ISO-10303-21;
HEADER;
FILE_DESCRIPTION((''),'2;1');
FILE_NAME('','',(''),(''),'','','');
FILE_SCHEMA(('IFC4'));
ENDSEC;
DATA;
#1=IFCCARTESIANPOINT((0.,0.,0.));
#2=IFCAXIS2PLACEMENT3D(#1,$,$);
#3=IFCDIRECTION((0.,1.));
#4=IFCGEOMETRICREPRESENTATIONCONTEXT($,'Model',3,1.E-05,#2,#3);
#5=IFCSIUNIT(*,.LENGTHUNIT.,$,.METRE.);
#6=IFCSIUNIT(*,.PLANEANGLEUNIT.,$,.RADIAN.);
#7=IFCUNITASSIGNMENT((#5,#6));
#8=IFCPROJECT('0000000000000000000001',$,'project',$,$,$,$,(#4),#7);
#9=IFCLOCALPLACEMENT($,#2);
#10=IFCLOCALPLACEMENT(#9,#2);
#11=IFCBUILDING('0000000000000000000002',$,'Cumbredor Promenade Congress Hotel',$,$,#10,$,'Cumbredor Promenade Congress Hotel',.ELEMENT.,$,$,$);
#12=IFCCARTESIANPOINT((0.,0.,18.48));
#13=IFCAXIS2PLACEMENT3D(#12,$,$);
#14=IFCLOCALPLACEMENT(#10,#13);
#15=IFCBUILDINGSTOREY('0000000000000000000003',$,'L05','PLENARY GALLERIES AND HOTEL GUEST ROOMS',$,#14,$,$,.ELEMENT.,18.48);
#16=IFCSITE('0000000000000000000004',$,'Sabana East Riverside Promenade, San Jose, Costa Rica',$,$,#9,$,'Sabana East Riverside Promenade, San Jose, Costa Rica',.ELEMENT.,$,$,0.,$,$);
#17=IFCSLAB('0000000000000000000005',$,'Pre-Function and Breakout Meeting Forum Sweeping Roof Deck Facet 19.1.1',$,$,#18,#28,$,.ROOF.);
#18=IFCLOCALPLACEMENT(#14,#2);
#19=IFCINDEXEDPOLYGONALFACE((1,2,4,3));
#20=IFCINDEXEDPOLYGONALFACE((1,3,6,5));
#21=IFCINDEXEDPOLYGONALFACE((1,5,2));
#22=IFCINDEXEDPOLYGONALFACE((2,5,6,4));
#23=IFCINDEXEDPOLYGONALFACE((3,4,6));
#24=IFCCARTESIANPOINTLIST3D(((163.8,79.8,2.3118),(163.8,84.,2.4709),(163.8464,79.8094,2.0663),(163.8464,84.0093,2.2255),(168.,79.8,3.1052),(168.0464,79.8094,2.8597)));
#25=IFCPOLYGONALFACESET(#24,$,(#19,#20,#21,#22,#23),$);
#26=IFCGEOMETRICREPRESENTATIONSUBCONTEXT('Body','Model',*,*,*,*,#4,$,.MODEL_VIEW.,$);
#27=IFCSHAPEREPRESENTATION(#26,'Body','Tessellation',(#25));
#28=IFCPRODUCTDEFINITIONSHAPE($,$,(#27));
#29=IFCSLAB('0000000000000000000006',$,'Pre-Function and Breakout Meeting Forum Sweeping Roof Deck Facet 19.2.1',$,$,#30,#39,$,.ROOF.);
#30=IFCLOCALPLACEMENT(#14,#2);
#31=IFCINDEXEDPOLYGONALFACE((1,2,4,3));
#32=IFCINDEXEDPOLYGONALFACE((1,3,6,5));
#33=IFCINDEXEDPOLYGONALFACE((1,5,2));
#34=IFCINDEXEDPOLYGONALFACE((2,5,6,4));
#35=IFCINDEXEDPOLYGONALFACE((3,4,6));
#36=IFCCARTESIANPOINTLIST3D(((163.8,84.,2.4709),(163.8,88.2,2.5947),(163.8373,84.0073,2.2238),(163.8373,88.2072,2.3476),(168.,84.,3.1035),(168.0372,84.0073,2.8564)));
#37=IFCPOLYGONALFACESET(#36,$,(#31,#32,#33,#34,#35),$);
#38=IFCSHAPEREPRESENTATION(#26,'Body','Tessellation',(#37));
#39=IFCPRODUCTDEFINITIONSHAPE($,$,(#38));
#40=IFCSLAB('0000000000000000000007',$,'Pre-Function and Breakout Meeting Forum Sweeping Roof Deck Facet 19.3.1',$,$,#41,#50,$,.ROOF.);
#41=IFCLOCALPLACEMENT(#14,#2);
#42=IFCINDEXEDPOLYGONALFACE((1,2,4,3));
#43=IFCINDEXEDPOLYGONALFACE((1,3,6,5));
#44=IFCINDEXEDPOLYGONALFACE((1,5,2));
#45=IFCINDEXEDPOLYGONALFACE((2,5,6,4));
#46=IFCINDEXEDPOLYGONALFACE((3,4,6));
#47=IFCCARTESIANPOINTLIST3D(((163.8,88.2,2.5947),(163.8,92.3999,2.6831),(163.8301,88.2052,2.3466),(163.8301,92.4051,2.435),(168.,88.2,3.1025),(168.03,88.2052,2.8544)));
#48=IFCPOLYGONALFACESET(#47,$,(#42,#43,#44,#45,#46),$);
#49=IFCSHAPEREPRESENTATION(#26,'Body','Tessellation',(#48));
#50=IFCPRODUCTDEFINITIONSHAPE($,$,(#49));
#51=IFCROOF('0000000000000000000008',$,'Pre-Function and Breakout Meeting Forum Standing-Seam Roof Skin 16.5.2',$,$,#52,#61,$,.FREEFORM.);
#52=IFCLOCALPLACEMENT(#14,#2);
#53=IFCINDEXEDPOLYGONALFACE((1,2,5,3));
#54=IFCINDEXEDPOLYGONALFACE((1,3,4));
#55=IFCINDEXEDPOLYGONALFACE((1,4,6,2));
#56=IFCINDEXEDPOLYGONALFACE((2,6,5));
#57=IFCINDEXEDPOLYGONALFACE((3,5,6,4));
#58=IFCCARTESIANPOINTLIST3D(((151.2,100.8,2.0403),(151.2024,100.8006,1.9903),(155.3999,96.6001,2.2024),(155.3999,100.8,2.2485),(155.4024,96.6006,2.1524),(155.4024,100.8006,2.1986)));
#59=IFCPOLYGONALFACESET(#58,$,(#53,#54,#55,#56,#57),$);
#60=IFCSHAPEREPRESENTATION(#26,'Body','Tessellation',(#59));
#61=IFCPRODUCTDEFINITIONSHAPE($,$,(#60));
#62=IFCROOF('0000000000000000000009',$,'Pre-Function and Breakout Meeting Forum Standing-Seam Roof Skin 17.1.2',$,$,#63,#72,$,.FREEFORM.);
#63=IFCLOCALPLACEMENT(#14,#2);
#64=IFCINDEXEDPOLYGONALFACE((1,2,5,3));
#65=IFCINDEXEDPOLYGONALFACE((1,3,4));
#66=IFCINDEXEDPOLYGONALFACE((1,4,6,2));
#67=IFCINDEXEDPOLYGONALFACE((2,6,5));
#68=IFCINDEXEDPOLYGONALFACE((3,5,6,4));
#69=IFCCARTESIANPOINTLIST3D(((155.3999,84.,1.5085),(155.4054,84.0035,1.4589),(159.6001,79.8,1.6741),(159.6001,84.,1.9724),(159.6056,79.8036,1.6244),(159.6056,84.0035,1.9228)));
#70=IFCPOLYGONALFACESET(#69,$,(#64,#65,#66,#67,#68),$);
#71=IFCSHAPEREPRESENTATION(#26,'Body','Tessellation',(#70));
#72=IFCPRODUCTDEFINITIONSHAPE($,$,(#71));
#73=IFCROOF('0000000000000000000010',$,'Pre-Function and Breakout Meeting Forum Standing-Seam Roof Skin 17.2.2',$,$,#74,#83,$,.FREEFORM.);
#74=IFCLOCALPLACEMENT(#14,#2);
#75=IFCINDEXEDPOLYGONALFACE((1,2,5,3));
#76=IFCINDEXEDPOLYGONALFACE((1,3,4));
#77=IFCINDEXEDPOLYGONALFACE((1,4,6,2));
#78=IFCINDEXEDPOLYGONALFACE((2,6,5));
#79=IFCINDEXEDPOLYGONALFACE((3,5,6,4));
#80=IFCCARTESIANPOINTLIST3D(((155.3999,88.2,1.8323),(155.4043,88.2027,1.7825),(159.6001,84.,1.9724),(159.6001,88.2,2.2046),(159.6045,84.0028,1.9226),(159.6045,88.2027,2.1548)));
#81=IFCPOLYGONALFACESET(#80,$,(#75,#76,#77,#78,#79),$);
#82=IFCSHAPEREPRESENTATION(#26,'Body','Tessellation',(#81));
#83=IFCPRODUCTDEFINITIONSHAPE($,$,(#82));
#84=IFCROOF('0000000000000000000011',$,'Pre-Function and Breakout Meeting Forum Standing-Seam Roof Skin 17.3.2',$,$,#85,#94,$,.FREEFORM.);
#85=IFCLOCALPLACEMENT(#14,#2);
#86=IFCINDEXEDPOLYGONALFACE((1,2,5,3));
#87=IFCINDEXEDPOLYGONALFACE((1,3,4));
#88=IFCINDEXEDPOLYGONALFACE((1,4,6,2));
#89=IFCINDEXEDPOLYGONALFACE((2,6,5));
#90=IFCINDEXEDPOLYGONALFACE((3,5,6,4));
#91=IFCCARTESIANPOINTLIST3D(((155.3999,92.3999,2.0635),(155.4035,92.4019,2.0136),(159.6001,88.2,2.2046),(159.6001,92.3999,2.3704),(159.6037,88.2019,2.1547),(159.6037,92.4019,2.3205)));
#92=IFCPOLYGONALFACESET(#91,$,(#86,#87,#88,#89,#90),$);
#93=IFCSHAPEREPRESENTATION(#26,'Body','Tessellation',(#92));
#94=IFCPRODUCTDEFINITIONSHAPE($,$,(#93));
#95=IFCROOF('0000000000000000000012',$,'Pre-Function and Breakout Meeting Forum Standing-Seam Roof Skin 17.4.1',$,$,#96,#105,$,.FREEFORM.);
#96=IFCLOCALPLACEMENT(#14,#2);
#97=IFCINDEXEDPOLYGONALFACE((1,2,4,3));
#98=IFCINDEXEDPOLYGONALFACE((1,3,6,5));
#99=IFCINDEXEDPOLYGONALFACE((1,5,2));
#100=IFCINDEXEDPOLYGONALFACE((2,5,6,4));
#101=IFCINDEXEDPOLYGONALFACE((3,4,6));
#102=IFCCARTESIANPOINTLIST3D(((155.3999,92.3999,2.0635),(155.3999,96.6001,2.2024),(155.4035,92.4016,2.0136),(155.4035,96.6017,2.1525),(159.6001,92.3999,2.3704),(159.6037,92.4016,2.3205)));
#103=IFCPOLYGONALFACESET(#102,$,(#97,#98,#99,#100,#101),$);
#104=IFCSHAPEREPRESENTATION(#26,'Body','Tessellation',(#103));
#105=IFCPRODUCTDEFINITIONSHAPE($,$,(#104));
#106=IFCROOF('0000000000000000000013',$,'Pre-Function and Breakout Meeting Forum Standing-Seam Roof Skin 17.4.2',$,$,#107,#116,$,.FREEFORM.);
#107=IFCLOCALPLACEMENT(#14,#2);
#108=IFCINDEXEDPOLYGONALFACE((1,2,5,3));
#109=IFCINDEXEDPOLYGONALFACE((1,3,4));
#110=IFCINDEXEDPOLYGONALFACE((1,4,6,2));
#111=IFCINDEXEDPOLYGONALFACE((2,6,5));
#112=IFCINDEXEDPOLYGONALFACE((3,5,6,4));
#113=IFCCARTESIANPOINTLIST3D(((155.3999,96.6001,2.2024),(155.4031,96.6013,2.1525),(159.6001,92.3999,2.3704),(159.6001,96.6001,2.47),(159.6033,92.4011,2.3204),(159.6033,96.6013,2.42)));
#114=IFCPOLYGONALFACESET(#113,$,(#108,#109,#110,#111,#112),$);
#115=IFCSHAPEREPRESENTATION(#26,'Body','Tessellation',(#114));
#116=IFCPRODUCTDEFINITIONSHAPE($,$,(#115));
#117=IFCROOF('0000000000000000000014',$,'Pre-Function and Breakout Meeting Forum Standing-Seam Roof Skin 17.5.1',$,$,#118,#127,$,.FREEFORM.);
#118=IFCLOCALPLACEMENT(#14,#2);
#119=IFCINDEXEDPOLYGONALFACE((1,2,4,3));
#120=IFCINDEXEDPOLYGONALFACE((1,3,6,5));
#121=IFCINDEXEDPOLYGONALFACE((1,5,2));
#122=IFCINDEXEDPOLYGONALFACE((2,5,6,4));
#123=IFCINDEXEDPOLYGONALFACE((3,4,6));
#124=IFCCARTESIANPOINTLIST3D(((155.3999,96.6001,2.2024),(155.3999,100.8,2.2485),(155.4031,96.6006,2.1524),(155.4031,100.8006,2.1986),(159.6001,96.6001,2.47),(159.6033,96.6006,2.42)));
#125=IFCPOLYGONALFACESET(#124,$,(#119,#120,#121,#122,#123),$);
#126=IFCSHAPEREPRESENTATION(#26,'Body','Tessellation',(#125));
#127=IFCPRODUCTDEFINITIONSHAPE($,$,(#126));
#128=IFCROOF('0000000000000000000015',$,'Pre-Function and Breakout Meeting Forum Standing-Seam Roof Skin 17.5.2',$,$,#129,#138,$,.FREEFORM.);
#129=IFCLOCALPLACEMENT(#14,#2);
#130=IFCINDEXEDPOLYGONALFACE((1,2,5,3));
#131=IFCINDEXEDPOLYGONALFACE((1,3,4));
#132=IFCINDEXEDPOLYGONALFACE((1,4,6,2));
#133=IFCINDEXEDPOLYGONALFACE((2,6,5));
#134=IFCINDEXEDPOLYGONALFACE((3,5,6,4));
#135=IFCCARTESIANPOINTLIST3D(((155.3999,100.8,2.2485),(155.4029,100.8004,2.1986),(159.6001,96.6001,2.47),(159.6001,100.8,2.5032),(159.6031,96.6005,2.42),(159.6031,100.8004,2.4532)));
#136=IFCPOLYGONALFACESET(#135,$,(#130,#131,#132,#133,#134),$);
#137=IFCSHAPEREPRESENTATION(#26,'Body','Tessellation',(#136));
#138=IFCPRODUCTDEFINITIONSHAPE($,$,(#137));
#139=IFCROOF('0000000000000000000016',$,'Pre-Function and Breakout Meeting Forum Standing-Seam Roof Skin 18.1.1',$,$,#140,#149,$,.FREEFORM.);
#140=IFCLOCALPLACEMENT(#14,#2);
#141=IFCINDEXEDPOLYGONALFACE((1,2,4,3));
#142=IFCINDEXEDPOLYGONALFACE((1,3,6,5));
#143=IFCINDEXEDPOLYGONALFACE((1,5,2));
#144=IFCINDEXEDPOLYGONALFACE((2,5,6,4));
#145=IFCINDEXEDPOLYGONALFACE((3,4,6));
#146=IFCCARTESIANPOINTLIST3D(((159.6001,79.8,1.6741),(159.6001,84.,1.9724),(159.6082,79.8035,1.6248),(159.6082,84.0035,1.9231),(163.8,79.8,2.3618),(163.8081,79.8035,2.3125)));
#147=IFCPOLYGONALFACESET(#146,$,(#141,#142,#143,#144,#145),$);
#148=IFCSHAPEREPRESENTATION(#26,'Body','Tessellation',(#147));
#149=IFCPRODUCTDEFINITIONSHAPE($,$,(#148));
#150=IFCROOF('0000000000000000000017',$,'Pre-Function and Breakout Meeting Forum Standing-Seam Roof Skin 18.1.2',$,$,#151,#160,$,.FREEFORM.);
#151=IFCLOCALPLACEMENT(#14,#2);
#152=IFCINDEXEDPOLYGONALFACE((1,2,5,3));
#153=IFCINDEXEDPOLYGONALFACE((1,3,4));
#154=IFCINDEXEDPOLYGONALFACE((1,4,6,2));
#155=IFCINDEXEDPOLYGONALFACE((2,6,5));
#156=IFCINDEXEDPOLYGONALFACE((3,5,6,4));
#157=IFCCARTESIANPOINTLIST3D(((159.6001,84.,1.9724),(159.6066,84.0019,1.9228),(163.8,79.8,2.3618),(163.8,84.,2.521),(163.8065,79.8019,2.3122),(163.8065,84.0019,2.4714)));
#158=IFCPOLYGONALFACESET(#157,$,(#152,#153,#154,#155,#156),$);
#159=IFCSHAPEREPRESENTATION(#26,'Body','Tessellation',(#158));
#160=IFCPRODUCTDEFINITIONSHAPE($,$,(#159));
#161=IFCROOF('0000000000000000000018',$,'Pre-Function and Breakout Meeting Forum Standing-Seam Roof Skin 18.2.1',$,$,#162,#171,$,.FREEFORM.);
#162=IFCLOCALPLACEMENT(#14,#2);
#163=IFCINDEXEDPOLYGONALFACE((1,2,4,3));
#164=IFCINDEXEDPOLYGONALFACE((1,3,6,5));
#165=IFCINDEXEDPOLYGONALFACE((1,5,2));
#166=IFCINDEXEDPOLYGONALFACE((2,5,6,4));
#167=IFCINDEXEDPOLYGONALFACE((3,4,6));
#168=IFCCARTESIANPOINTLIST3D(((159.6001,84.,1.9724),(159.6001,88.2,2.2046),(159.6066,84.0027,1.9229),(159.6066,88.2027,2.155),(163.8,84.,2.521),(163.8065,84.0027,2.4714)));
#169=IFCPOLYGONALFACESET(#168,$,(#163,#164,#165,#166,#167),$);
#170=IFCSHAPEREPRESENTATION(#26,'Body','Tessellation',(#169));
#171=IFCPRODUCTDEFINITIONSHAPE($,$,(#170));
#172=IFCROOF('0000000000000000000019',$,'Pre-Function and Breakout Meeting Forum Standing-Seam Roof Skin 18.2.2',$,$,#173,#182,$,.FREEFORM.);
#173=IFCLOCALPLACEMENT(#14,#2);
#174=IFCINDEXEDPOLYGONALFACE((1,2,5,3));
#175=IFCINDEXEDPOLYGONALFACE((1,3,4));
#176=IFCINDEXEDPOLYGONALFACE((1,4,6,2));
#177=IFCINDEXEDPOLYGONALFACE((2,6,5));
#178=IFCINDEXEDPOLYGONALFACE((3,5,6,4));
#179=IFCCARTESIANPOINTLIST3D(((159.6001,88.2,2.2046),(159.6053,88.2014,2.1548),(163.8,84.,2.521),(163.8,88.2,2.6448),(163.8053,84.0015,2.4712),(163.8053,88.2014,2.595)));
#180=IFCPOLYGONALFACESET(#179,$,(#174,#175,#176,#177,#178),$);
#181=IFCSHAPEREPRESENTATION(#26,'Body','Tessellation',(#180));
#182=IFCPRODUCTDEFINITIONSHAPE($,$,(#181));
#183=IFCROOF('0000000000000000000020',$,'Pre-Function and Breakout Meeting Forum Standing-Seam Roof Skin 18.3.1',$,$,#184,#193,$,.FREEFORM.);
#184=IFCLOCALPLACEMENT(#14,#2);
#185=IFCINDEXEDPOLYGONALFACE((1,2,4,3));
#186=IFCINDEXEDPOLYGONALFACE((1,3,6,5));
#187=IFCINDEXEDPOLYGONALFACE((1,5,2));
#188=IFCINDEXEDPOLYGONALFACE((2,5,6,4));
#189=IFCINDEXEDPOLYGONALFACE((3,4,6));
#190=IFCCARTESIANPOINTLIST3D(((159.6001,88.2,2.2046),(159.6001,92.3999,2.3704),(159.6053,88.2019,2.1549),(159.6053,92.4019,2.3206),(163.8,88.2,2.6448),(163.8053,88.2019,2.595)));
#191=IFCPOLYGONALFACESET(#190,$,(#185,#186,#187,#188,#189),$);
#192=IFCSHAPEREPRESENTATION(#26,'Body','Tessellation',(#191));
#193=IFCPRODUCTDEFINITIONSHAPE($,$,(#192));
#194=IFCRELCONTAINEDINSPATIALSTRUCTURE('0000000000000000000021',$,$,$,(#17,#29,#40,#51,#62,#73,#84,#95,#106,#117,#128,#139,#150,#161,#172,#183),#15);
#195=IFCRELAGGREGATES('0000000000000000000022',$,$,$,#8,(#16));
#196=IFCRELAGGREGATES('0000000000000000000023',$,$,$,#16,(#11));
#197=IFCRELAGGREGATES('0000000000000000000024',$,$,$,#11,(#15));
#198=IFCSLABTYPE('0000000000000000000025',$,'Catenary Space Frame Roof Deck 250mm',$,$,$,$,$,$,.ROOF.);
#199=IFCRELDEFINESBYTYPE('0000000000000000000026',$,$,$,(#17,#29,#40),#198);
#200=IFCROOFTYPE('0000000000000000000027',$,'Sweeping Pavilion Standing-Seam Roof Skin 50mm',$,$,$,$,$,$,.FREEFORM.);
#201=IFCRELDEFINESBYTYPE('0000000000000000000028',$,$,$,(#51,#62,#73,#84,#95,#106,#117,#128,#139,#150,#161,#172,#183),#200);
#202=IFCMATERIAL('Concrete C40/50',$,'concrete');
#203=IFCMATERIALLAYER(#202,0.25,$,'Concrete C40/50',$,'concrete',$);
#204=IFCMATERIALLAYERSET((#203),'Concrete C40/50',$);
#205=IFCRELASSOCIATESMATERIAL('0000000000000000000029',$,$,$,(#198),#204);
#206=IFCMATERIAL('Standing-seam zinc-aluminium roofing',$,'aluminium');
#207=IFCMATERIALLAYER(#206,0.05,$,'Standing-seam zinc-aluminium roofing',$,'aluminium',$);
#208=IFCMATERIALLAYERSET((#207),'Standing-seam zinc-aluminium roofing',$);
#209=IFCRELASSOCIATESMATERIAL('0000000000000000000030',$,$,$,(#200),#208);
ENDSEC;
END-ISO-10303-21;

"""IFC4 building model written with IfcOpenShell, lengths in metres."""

from ifc_helpers import new_model, si_unit, direction, frame, origin, place, context, subcontext, project, spatial, polyline, outline, extrude, material, layer, layer_set, type_object, element, save


model = new_model("IFC4")

# Units and contexts
model_context = context("Model", 3, precision=1e-05, world=origin(), true_north=direction((0.0, 1.0)))
body_context = subcontext(model_context, "Body", "Model", "MODEL_VIEW")
ifc_project = project(units=[si_unit("LENGTHUNIT", "METRE"), si_unit("PLANEANGLEUNIT", "RADIAN")], contexts=[model_context])

# Site, building, storey
site_placement = place(None, origin())
site = spatial("IfcSite", under=ifc_project, at=site_placement, Name="Sabana East Riverside Promenade, San Jose, Costa Rica", LongName="Sabana East Riverside Promenade, San Jose, Costa Rica", CompositionType="ELEMENT", RefElevation=0.0)
building_placement = place(site_placement, origin())
building = spatial("IfcBuilding", under=site, at=building_placement, Name="Cumbredor Promenade Congress Hotel", LongName="Cumbredor Promenade Congress Hotel", CompositionType="ELEMENT")
storey_placement = place(building_placement, frame((0.0, 0.0, 18.48)))
storey = spatial("IfcBuildingStorey", under=building, at=storey_placement, Name="L05", Description="PLENARY GALLERIES AND HOTEL GUEST ROOMS", CompositionType="ELEMENT", Elevation=18.48)

# Slabs
ifc_material_1 = material(Name="Concrete C40/50", Category="concrete")
ifc_layer_1 = layer(ifc_material_1, 0.25, Name="Concrete C40/50", Category="concrete")
ifc_layer_set_1 = layer_set([ifc_layer_1], Name="Concrete C40/50")
slab_type = type_object("IfcSlabType", Name="Catenary Space Frame Roof Deck 250mm", PredefinedType="ROOF", material=ifc_layer_set_1)
slab_1_placement = place(storey_placement, frame((163.8, 79.8, 2.3118), z_axis=(-0.185508, -0.037216, 0.981938), x_axis=(0.982618, 0.0, 0.185637)))
element("IfcSlab", 1, at=slab_1_placement, inside=storey, type_object=slab_type, Name="Pre-Function and Breakout Meeting Forum Sweeping Roof Deck Facet 19.1.1", PredefinedType="ROOF", context=body_context, shape_type="SweptSolid", body=[
    extrude(outline(polyline([(0.0, 0.0), (4.2742, 0.0), (0.0295, 4.2029), (0.0, 0.0)])), origin(), (0.0, 0.0, -1.0), 0.25),
])
slab_2_placement = place(storey_placement, frame((163.8, 84.0, 2.4709), z_axis=(-0.14887, -0.029131, 0.988428), x_axis=(0.988847, 0.0, 0.148934)))
element("IfcSlab", 2, at=slab_2_placement, inside=storey, type_object=slab_type, Name="Pre-Function and Breakout Meeting Forum Sweeping Roof Deck Facet 19.2.1", PredefinedType="ROOF", context=body_context, shape_type="SweptSolid", body=[
    extrude(outline(polyline([(0.0, 0.0), (4.2473, 0.0), (0.0184, 4.2017), (0.0, 0.0)])), origin(), (0.0, 0.0, -1.0), 0.25),
])
slab_3_placement = place(storey_placement, frame((163.8, 88.2, 2.5947), z_axis=(-0.120009, -0.020886, 0.992553), x_axis=(0.99277, 0.0, 0.120035)))
element("IfcSlab", 3, at=slab_3_placement, inside=storey, type_object=slab_type, Name="Pre-Function and Breakout Meeting Forum Sweeping Roof Deck Facet 19.3.1", PredefinedType="ROOF", context=body_context, shape_type="SweptSolid", body=[
    extrude(outline(polyline([(0.0, 0.0), (4.2305, 0.0), (0.0106, 4.2009), (0.0, 0.0)])), origin(), (0.0, 0.0, -1.0), 0.25),
])

# Roofs
ifc_material_2 = material(Name="Standing-seam zinc-aluminium roofing", Category="aluminium")
ifc_layer_2 = layer(ifc_material_2, 0.05, Name="Standing-seam zinc-aluminium roofing", Category="aluminium")
ifc_layer_set_2 = layer_set([ifc_layer_2], Name="Standing-seam zinc-aluminium roofing")
roof_type = type_object("IfcRoofType", Name="Sweeping Pavilion Standing-Seam Roof Skin 50mm", PredefinedType="FREEFORM", material=ifc_layer_set_2)
roof_1_placement = place(storey_placement, frame((155.3999, 96.6001, 2.2024), z_axis=(-0.049521, -0.010972, 0.998713), x_axis=(0.0, 0.99994, 0.010986)))
element("IfcRoof", 4, at=roof_1_placement, inside=storey, type_object=roof_type, Name="Pre-Function and Breakout Meeting Forum Standing-Seam Roof Skin 16.5.2", PredefinedType="FREEFORM", context=body_context, shape_type="SweptSolid", body=[
    extrude(outline(polyline([(0.0, 0.0), (4.2002, 0.0), (4.1979, 4.2051), (0.0, 0.0)])), origin(), (0.0, 0.0, -1.0), 0.05),
])
roof_2_placement = place(storey_placement, frame((159.6001, 79.8, 1.6741), z_axis=(-0.109499, -0.07043, 0.991489), x_axis=(0.0, 0.997487, 0.070856)))
element("IfcRoof", 5, at=roof_2_placement, inside=storey, type_object=roof_type, Name="Pre-Function and Breakout Meeting Forum Standing-Seam Roof Skin 17.1.2", PredefinedType="FREEFORM", context=body_context, shape_type="SweptSolid", body=[
    extrude(outline(polyline([(0.0, 0.0), (4.2105, 0.0), (4.1777, 4.2256), (0.0, 0.0)])), origin(), (0.0, 0.0, -1.0), 0.05),
])
roof_3_placement = place(storey_placement, frame((159.6001, 84.0, 1.9724), z_axis=(-0.088162, -0.054982, 0.994588), x_axis=(0.0, 0.998475, 0.055197)))
element("IfcRoof", 6, at=roof_3_placement, inside=storey, type_object=roof_type, Name="Pre-Function and Breakout Meeting Forum Standing-Seam Roof Skin 17.2.2", PredefinedType="FREEFORM", context=body_context, shape_type="SweptSolid", body=[
    extrude(outline(polyline([(0.0, 0.0), (4.2064, 0.0), (4.1858, 4.2166), (0.0, 0.0)])), origin(), (0.0, 0.0, -1.0), 0.05),
])
roof_4_placement = place(storey_placement, frame((159.6001, 88.2, 2.2046), z_axis=(-0.072814, -0.039334, 0.99657), x_axis=(0.0, 0.999222, 0.039439)))
element("IfcRoof", 7, at=roof_4_placement, inside=storey, type_object=roof_type, Name="Pre-Function and Breakout Meeting Forum Standing-Seam Roof Skin 17.3.2", PredefinedType="FREEFORM", context=body_context, shape_type="SweptSolid", body=[
    extrude(outline(polyline([(0.0, 0.0), (4.2032, 0.0), (4.1911, 4.2114), (0.0, 0.0)])), origin(), (0.0, 0.0, -1.0), 0.05),
])
roof_5_placement = place(storey_placement, frame((155.3999, 92.3999, 2.0635), z_axis=(-0.072831, -0.032968, 0.996799), x_axis=(0.997341, 0.0, 0.07287)))
element("IfcRoof", 8, at=roof_5_placement, inside=storey, type_object=roof_type, Name="Pre-Function and Breakout Meeting Forum Standing-Seam Roof Skin 17.4.1", PredefinedType="FREEFORM", context=body_context, shape_type="SweptSolid", body=[
    extrude(outline(polyline([(0.0, 0.0), (4.2114, 0.0), (0.0101, 4.2025), (0.0, 0.0)])), origin(), (0.0, 0.0, -1.0), 0.05),
])
roof_6_placement = place(storey_placement, frame((159.6001, 92.3999, 2.3704), z_axis=(-0.063559, -0.023661, 0.997698), x_axis=(0.0, 0.999719, 0.023709)))
element("IfcRoof", 9, at=roof_6_placement, inside=storey, type_object=roof_type, Name="Pre-Function and Breakout Meeting Forum Standing-Seam Roof Skin 17.4.2", PredefinedType="FREEFORM", context=body_context, shape_type="SweptSolid", body=[
    extrude(outline(polyline([(0.0, 0.0), (4.2014, 0.0), (4.195, 4.2087), (0.0, 0.0)])), origin(), (0.0, 0.0, -1.0), 0.05),
])
roof_7_placement = place(storey_placement, frame((155.3999, 96.6001, 2.2024), z_axis=(-0.063573, -0.010964, 0.997917), x_axis=(0.997977, 0.0, 0.063577)))
element("IfcRoof", 10, at=roof_7_placement, inside=storey, type_object=roof_type, Name="Pre-Function and Breakout Meeting Forum Standing-Seam Roof Skin 17.5.1", PredefinedType="FREEFORM", context=body_context, shape_type="SweptSolid", body=[
    extrude(outline(polyline([(0.0, 0.0), (4.2087, 0.0), (0.0029, 4.2002), (0.0, 0.0)])), origin(), (0.0, 0.0, -1.0), 0.05),
])
roof_8_placement = place(storey_placement, frame((159.6001, 96.6001, 2.47), z_axis=(-0.060512, -0.007891, 0.998136), x_axis=(0.0, 0.999969, 0.007905)))
element("IfcRoof", 11, at=roof_8_placement, inside=storey, type_object=roof_type, Name="Pre-Function and Breakout Meeting Forum Standing-Seam Roof Skin 17.5.2", PredefinedType="FREEFORM", context=body_context, shape_type="SweptSolid", body=[
    extrude(outline(polyline([(0.0, 0.0), (4.2001, 0.0), (4.1981, 4.2079), (0.0, 0.0)])), origin(), (0.0, 0.0, -1.0), 0.05),
])
roof_9_placement = place(storey_placement, frame((159.6001, 79.8, 1.6741), z_axis=(-0.161203, -0.069929, 0.984441), x_axis=(0.986857, 0.0, 0.161598)))
element("IfcRoof", 12, at=roof_9_placement, inside=storey, type_object=roof_type, Name="Pre-Function and Breakout Meeting Forum Standing-Seam Roof Skin 18.1.1", PredefinedType="FREEFORM", context=body_context, shape_type="SweptSolid", body=[
    extrude(outline(polyline([(0.0, 0.0), (4.2559, 0.0), (0.0482, 4.2103), (0.0, 0.0)])), origin(), (0.0, 0.0, -1.0), 0.05),
])
roof_10_placement = place(storey_placement, frame((163.8, 79.8, 2.3618), z_axis=(-0.129425, -0.037555, 0.990878), x_axis=(0.0, 0.999283, 0.037873)))
element("IfcRoof", 13, at=roof_10_placement, inside=storey, type_object=roof_type, Name="Pre-Function and Breakout Meeting Forum Standing-Seam Roof Skin 18.1.2", PredefinedType="FREEFORM", context=body_context, shape_type="SweptSolid", body=[
    extrude(outline(polyline([(0.0, 0.0), (4.203, 0.0), (4.1822, 4.2356), (0.0, 0.0)])), origin(), (0.0, 0.0, -1.0), 0.05),
])
roof_11_placement = place(storey_placement, frame((159.6001, 84.0, 1.9724), z_axis=(-0.129322, -0.054733, 0.990091), x_axis=(0.991577, 0.0, 0.129517)))
element("IfcRoof", 14, at=roof_11_placement, inside=storey, type_object=roof_type, Name="Pre-Function and Breakout Meeting Forum Standing-Seam Roof Skin 18.2.1", PredefinedType="FREEFORM", context=body_context, shape_type="SweptSolid", body=[
    extrude(outline(polyline([(0.0, 0.0), (4.2356, 0.0), (0.0301, 4.2063), (0.0, 0.0)])), origin(), (0.0, 0.0, -1.0), 0.05),
])
roof_12_placement = place(storey_placement, frame((163.8, 84.0, 2.521), z_axis=(-0.104192, -0.029298, 0.994126), x_axis=(0.0, 0.999566, 0.029459)))
element("IfcRoof", 15, at=roof_12_placement, inside=storey, type_object=roof_type, Name="Pre-Function and Breakout Meeting Forum Standing-Seam Roof Skin 18.2.2", PredefinedType="FREEFORM", context=body_context, shape_type="SweptSolid", body=[
    extrude(outline(polyline([(0.0, 0.0), (4.2018, 0.0), (4.1888, 4.2229), (0.0, 0.0)])), origin(), (0.0, 0.0, -1.0), 0.05),
])
roof_13_placement = place(storey_placement, frame((159.6001, 88.2, 2.2046), z_axis=(-0.104156, -0.039225, 0.993787), x_axis=(0.994553, 0.0, 0.104236)))
element("IfcRoof", 16, at=roof_13_placement, inside=storey, type_object=roof_type, Name="Pre-Function and Breakout Meeting Forum Standing-Seam Roof Skin 18.3.1", PredefinedType="FREEFORM", context=body_context, shape_type="SweptSolid", body=[
    extrude(outline(polyline([(0.0, 0.0), (4.223, 0.0), (0.0173, 4.2032), (0.0, 0.0)])), origin(), (0.0, 0.0, -1.0), 0.05),
])

save(model, "model.ifc")
